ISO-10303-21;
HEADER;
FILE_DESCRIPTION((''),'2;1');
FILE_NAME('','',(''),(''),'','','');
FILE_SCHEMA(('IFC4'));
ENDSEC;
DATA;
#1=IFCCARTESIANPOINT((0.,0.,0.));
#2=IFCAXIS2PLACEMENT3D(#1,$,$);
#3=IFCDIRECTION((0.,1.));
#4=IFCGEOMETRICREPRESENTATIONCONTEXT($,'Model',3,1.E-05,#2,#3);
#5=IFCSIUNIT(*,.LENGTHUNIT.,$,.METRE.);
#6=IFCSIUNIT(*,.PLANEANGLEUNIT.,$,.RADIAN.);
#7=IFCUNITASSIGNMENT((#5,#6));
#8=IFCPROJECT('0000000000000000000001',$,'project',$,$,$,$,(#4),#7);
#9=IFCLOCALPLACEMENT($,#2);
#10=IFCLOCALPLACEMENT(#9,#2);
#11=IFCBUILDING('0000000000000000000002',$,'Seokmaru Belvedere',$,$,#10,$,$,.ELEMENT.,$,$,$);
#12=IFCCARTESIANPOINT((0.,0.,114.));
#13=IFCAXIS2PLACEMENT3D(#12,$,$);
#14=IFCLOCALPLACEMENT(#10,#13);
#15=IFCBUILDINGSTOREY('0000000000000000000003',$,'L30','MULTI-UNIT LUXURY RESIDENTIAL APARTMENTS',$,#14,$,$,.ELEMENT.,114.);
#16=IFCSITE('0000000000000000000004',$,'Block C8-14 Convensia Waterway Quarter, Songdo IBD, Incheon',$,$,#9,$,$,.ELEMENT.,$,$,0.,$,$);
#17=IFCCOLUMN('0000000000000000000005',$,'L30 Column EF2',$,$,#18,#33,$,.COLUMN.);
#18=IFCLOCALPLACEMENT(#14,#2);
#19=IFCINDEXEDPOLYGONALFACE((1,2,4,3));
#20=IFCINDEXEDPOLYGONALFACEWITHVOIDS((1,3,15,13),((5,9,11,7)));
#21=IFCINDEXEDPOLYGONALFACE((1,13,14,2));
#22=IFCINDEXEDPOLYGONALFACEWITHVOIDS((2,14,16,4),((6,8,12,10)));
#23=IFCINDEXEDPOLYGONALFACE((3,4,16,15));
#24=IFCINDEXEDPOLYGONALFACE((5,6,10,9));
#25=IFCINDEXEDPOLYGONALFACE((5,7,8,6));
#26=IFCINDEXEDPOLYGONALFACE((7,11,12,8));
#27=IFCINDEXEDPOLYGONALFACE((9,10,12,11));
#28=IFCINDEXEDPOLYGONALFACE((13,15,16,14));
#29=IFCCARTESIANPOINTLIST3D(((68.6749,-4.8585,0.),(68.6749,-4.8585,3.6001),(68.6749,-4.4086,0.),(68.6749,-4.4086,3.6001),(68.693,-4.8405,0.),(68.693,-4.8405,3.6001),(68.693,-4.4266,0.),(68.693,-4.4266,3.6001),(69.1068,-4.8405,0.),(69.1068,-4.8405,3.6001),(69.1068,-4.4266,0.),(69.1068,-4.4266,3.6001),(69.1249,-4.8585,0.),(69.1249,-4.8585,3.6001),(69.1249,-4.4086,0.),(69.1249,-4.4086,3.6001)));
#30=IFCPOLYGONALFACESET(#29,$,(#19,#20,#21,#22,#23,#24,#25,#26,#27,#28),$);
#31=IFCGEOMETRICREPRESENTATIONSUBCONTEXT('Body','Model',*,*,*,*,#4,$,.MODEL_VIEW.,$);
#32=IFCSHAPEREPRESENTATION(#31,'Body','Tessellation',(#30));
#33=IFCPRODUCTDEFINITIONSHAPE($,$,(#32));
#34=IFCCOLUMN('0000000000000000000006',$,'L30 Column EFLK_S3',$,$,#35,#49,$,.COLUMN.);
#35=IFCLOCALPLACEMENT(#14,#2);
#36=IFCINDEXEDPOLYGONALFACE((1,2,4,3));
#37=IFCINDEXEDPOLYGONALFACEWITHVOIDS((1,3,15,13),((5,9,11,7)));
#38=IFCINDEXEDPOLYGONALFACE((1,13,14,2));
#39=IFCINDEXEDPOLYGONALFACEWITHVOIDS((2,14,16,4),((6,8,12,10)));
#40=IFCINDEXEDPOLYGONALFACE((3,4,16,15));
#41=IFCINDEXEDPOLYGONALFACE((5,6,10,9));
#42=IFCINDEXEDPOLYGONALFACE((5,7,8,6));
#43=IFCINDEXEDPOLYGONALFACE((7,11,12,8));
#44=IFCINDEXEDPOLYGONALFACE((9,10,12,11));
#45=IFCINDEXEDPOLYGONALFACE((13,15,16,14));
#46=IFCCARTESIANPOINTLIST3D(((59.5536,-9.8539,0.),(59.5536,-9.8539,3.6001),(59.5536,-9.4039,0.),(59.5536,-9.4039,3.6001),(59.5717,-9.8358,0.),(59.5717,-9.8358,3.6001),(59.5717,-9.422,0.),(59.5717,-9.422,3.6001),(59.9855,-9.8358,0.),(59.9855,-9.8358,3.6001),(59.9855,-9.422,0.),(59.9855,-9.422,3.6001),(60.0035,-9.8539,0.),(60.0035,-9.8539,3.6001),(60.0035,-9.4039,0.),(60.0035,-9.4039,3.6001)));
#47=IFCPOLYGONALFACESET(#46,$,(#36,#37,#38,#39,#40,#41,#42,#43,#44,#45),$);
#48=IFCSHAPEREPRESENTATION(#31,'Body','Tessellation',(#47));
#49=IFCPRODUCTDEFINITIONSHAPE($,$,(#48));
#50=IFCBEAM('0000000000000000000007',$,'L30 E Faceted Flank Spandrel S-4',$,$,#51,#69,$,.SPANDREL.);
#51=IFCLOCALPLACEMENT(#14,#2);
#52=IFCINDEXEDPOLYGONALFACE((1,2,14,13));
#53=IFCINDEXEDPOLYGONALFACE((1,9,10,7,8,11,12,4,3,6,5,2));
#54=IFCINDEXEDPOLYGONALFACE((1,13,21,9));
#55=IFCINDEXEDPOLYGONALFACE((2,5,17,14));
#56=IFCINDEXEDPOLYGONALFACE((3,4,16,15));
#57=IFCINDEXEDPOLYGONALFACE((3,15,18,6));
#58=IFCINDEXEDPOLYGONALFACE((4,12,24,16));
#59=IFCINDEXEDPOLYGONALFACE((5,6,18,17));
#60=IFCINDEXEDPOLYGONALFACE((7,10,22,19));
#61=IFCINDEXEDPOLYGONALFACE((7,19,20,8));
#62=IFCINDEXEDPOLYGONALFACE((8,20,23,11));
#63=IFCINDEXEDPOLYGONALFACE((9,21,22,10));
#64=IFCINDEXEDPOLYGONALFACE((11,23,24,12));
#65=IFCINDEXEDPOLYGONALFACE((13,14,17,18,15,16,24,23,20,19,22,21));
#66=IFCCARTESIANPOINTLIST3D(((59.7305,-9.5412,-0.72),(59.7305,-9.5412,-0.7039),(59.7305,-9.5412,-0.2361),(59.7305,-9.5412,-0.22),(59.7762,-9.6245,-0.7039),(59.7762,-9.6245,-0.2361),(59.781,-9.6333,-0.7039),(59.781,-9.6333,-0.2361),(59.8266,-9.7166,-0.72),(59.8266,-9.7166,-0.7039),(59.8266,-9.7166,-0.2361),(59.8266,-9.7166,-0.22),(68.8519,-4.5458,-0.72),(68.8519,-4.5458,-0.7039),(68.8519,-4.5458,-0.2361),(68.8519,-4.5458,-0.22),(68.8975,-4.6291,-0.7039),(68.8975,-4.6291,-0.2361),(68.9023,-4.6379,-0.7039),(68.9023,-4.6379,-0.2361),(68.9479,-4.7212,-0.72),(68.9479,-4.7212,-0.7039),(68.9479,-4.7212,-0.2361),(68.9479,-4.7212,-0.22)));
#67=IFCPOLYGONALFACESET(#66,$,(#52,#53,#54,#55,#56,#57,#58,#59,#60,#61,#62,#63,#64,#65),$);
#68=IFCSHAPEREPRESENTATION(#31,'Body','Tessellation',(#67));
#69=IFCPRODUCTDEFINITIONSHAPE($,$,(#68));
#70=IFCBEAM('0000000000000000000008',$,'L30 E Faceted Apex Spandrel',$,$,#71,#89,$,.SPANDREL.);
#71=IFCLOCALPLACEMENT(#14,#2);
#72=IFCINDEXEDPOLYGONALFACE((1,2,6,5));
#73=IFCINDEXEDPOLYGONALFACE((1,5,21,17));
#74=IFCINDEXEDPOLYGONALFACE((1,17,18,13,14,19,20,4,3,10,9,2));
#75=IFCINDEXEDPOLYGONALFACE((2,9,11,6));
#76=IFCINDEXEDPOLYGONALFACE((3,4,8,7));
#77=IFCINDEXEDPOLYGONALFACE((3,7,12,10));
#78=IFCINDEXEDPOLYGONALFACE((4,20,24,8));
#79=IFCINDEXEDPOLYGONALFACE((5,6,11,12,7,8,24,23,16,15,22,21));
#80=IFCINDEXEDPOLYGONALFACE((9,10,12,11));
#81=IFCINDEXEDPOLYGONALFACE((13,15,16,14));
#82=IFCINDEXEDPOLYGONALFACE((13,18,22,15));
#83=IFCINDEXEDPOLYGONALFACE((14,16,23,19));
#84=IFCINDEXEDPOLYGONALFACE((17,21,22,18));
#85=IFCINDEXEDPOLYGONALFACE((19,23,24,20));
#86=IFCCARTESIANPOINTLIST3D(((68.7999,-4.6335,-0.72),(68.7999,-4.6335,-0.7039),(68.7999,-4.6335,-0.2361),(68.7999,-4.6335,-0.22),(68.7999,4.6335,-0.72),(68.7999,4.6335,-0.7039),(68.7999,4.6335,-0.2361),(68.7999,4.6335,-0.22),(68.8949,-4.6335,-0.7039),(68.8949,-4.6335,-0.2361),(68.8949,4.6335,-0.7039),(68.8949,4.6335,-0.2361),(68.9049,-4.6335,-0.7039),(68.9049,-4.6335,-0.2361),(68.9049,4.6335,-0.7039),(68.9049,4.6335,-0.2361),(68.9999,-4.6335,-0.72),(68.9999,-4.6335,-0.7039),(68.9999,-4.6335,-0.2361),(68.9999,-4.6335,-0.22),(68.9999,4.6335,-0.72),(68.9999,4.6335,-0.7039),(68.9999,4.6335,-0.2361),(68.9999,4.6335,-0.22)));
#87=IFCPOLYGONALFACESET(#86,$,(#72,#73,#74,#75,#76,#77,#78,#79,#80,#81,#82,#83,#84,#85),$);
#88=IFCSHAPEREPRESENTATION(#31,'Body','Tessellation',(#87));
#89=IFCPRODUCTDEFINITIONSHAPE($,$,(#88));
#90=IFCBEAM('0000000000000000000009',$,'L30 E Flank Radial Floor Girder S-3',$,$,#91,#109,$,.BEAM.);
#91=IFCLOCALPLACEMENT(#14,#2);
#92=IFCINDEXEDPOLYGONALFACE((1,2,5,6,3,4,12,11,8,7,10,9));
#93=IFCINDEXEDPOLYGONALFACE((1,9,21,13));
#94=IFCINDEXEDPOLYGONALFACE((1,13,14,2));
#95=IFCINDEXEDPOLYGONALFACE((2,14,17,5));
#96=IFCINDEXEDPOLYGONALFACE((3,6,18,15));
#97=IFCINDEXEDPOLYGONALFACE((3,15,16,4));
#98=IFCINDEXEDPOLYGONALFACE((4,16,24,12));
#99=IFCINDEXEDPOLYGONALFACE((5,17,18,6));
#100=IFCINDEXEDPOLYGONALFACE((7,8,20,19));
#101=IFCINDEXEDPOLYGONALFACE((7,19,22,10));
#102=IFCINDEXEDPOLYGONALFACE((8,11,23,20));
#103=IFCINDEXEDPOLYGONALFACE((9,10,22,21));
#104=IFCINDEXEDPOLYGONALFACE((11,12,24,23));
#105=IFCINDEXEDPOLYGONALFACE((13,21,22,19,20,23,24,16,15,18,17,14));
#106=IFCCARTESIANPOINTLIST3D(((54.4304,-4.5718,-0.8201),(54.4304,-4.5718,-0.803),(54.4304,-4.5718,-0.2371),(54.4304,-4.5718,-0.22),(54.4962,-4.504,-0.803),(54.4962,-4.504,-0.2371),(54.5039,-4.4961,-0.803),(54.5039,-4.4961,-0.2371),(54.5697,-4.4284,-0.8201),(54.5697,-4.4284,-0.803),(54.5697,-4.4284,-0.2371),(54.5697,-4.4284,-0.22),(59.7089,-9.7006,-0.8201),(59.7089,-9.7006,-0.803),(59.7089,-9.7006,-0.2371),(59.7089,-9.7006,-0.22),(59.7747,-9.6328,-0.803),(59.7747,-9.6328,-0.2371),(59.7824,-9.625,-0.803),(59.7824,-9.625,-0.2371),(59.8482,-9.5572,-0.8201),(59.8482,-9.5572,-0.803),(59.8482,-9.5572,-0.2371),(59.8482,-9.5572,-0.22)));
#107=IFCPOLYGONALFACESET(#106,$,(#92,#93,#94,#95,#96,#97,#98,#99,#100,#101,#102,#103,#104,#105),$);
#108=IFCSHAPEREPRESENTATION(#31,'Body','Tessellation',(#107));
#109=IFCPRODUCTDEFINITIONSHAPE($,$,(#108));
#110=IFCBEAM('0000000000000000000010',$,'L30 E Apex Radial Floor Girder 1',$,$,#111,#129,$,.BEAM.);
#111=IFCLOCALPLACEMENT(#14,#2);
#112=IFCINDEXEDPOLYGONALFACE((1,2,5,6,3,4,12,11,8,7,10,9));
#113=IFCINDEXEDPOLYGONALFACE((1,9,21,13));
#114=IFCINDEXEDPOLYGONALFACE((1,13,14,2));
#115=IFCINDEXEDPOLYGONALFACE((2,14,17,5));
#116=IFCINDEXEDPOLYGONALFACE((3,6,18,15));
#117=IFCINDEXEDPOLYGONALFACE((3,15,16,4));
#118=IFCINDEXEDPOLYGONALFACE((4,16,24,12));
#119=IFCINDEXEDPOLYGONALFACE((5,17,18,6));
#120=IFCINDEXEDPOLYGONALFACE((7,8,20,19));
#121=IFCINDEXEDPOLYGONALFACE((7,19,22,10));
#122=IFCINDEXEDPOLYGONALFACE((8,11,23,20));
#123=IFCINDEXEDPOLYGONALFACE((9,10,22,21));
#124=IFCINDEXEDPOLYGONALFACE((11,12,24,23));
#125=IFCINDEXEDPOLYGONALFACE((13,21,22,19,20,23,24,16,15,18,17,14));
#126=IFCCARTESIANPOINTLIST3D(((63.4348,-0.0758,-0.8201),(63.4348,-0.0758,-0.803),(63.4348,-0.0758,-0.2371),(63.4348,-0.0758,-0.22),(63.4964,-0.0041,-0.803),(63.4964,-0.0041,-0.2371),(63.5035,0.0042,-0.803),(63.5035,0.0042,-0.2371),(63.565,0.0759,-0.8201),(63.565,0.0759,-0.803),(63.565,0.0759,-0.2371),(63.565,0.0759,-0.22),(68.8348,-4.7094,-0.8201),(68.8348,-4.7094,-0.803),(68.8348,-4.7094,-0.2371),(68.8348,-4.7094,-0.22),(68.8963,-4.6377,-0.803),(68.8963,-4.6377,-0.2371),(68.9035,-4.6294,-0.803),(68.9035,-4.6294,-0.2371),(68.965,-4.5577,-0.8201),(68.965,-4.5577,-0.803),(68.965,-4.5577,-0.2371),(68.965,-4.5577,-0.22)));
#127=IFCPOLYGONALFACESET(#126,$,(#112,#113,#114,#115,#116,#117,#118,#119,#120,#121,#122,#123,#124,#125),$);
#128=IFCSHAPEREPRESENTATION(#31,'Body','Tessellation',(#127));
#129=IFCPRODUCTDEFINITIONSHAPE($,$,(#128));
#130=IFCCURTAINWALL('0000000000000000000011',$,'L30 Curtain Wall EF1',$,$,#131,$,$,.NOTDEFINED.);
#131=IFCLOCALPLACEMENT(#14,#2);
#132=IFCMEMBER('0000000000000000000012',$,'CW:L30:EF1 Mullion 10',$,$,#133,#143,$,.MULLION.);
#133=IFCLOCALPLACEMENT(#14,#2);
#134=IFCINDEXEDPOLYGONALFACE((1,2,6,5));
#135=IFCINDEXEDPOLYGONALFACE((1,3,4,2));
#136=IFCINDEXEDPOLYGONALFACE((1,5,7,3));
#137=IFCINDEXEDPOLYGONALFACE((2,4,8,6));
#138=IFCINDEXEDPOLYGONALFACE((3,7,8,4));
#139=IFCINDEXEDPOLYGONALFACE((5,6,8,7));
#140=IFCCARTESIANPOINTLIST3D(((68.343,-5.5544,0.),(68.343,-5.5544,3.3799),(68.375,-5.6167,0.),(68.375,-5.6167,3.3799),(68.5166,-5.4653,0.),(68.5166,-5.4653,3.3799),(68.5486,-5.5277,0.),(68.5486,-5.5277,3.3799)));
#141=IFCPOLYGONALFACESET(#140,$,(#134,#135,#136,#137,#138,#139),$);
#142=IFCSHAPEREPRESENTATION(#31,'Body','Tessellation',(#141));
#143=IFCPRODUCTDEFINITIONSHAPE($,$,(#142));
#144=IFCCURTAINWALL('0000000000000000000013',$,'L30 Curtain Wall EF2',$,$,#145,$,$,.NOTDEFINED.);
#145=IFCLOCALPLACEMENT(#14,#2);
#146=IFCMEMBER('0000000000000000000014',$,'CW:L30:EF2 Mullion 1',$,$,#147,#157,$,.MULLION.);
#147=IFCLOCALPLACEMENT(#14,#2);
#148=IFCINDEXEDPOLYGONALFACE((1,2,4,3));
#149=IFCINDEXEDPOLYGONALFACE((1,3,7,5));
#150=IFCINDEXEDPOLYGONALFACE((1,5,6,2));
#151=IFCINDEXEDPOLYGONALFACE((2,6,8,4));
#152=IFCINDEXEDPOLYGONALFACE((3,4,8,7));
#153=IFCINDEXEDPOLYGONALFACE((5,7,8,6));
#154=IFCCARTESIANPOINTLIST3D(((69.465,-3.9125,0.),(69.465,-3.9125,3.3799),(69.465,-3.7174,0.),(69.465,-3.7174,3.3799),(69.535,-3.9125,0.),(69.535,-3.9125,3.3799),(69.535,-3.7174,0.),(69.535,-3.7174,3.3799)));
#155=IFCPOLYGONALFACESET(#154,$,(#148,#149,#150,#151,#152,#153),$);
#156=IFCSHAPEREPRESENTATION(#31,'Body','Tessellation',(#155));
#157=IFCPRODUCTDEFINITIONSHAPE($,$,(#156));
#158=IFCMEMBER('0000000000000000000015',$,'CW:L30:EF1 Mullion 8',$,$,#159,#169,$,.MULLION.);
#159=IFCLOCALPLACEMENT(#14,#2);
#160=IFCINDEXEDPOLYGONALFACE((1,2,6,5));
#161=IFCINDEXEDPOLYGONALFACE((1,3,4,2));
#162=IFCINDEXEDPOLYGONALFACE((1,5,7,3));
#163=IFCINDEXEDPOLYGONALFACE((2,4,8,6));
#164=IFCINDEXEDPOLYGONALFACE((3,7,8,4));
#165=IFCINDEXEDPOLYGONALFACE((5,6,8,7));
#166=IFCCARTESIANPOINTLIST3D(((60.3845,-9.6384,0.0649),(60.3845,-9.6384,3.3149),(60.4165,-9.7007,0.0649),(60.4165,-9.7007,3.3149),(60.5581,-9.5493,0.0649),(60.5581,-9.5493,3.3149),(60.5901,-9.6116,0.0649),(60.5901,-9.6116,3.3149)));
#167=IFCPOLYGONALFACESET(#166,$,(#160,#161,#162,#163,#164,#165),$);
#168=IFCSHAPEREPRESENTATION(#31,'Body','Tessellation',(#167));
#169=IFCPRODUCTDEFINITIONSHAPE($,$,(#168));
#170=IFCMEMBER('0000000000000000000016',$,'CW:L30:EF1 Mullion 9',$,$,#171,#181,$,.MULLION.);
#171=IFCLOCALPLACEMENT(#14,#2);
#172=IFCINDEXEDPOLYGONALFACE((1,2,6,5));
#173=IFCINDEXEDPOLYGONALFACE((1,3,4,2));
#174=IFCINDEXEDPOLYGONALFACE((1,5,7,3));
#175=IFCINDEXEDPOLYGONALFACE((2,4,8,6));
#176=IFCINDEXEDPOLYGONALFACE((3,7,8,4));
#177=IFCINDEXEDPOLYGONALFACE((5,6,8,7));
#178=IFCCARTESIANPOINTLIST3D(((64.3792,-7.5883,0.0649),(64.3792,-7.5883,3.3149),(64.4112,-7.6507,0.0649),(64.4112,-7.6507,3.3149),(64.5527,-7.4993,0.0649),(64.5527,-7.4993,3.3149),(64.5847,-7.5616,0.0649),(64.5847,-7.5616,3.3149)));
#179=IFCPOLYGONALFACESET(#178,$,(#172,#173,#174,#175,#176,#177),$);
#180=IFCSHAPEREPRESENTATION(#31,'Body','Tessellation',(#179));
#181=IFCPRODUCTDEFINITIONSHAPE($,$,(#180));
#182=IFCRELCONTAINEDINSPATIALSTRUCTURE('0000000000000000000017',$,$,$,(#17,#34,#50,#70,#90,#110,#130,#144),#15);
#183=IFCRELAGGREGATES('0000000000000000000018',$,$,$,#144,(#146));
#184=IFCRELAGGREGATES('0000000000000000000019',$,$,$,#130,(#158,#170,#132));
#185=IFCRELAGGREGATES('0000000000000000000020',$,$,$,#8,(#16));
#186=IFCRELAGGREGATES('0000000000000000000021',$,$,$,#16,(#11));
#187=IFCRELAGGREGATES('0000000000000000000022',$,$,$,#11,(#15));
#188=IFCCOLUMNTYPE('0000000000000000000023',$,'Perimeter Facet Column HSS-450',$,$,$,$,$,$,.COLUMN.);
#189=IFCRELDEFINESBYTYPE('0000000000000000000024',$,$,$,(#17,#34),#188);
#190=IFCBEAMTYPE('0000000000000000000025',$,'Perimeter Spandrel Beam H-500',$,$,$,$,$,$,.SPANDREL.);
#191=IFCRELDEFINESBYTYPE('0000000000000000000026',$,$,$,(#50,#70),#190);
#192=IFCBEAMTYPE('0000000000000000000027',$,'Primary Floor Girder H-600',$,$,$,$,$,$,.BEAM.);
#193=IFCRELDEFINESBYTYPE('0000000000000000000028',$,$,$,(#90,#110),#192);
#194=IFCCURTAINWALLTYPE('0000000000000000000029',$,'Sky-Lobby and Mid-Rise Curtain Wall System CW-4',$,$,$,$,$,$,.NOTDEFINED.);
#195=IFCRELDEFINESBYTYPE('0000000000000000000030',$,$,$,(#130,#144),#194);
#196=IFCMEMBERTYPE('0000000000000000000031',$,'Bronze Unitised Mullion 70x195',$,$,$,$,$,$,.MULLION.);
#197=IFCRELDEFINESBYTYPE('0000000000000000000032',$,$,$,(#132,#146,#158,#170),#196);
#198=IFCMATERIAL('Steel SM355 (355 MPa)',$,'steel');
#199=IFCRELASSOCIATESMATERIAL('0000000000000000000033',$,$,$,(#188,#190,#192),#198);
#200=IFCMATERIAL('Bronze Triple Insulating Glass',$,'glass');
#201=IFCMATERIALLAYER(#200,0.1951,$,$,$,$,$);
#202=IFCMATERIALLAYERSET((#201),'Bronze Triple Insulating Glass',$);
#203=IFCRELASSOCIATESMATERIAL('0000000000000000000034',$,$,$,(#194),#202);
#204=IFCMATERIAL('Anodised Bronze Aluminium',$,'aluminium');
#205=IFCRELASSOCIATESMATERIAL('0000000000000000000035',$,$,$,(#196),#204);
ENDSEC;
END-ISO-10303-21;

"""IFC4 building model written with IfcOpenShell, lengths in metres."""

from ifc_helpers import new_model, si_unit, direction, frame, origin, origin_2d, place, context, subcontext, project, spatial, rectangle, hollow_rectangle, i_section, extrude, source, transform, mapped, material, layer, layer_set, material_profile, profile_set, type_object, type_shapes, element, aggregate, save


model = new_model("IFC4")

# Units and contexts
model_context = context("Model", 3, precision=1e-05, world=origin(), true_north=direction((0.0, 1.0)))
body_context = subcontext(model_context, "Body", "Model", "MODEL_VIEW")
ifc_project = project(units=[si_unit("LENGTHUNIT", "METRE"), si_unit("PLANEANGLEUNIT", "RADIAN")], contexts=[model_context])

# Site, building, storey
site_placement = place(None, origin())
site = spatial("IfcSite", under=ifc_project, at=site_placement, Name="Block C8-14 Convensia Waterway Quarter, Songdo IBD, Incheon", CompositionType="ELEMENT", RefElevation=0.0)
building_placement = place(site_placement, origin())
building = spatial("IfcBuilding", under=site, at=building_placement, Name="Seokmaru Belvedere", CompositionType="ELEMENT")
storey_placement = place(building_placement, frame((0.0, 0.0, 114.0)))
storey = spatial("IfcBuildingStorey", under=building, at=storey_placement, Name="L30", Description="MULTI-UNIT LUXURY RESIDENTIAL APARTMENTS", CompositionType="ELEMENT", Elevation=114.0)

# Columns
ifc_material_1 = material(Name="Steel SM355 (355 MPa)", Category="steel")
ifc_material_profile_1 = material_profile(ifc_material_1, hollow_rectangle(XDim=0.45, YDim=0.45, WallThickness=0.0181, at=origin_2d()), Name="HSS-450x450x18")
ifc_profile_set_1 = profile_set([ifc_material_profile_1], Name="Steel SM355 (355 MPa)")
column_type = type_object("IfcColumnType", Name="Perimeter Facet Column HSS-450", PredefinedType="COLUMN", material=ifc_profile_set_1)
shared_shape_1 = source(origin(), body_context, "Body", "SweptSolid", [
    extrude(hollow_rectangle(XDim=0.45, YDim=0.45, WallThickness=0.0181, at=origin_2d()), origin(), (0.0, 0.0, 1.0), 3.6001),
])
type_shapes(column_type, [shared_shape_1])
for number, where, z_axis, x_axis, name in (
    (1, (68.8999, -4.6335, 0.0), (0.0, 0.0, 1.0), (1.0, 0.0, 0.0), "L30 Column EF2"),
    (2, (59.7786, -9.6289, 0.0), (0.0, 0.0, 1.0), (1.0, 0.0, 0.0), "L30 Column EFLK_S3"),
):
    element("IfcColumn", number, at=place(storey_placement, frame(where, z_axis=z_axis, x_axis=x_axis)), inside=storey, type_object=column_type, Name=name, PredefinedType="COLUMN", context=body_context, shape_type="MappedRepresentation", body=[
        mapped(shared_shape_1, transform((0.0, 0.0, 0.0), scale=1.0)),
    ])

# Beams
ifc_material_profile_2 = material_profile(ifc_material_1, i_section(OverallWidth=0.2, OverallDepth=0.5, WebThickness=0.01, FlangeThickness=0.0161, at=origin_2d()), Name="H-500x200x10x16")
ifc_profile_set_2 = profile_set([ifc_material_profile_2], Name="Steel SM355 (355 MPa)")
beam_type_1 = type_object("IfcBeamType", Name="Perimeter Spandrel Beam H-500", PredefinedType="SPANDREL", material=ifc_profile_set_2)
shared_shape_2 = source(origin(), body_context, "Body", "SweptSolid", [
    extrude(i_section(OverallWidth=0.2, OverallDepth=0.5, WebThickness=0.01, FlangeThickness=0.0161, at=origin_2d()), origin(), (0.0, 0.0, 1.0), 10.3997),
])
beam_1_placement = place(storey_placement, frame((59.7786, -9.6289, -0.47), z_axis=(0.877082, 0.48034, 0.0), x_axis=(-0.48034, 0.877082, 0.0)))
element("IfcBeam", 3, at=beam_1_placement, inside=storey, type_object=beam_type_1, Name="L30 E Faceted Flank Spandrel S-4", PredefinedType="SPANDREL", context=body_context, shape_type="MappedRepresentation", body=[
    mapped(shared_shape_2, transform((0.0, 0.0, 0.0), scale=1.0)),
])
shared_shape_3 = source(origin(), body_context, "Body", "SweptSolid", [
    extrude(i_section(OverallWidth=0.2, OverallDepth=0.5, WebThickness=0.01, FlangeThickness=0.0161, at=origin_2d()), origin(), (0.0, 0.0, 1.0), 9.2671),
])
type_shapes(beam_type_1, [shared_shape_2, shared_shape_3])
beam_2_placement = place(storey_placement, frame((68.8999, -4.6335, -0.47), z_axis=(0.0, 1.0, 0.0), x_axis=(-1.0, 0.0, 0.0)))
element("IfcBeam", 4, at=beam_2_placement, inside=storey, type_object=beam_type_1, Name="L30 E Faceted Apex Spandrel", PredefinedType="SPANDREL", context=body_context, shape_type="MappedRepresentation", body=[
    mapped(shared_shape_3, transform((0.0, 0.0, 0.0), scale=1.0)),
])
ifc_material_profile_3 = material_profile(ifc_material_1, i_section(OverallWidth=0.2, OverallDepth=0.6001, WebThickness=0.011, FlangeThickness=0.0171, at=origin_2d()), Name="H-600x200x11x17")
ifc_profile_set_3 = profile_set([ifc_material_profile_3], Name="Steel SM355 (355 MPa)")
beam_type_2 = type_object("IfcBeamType", Name="Primary Floor Girder H-600", PredefinedType="BEAM", material=ifc_profile_set_3)
shared_shape_4 = source(origin(), body_context, "Body", "SweptSolid", [
    extrude(i_section(OverallWidth=0.2, OverallDepth=0.6001, WebThickness=0.011, FlangeThickness=0.0171, at=origin_2d()), origin(), (0.0, 0.0, 1.0), 7.3599),
])
beam_3_placement = place(storey_placement, frame((59.7786, -9.6289, -0.52), z_axis=(-0.717201, 0.696867, 0.0), x_axis=(-0.696867, -0.717201, 0.0)))
element("IfcBeam", 5, at=beam_3_placement, inside=storey, type_object=beam_type_2, Name="L30 E Flank Radial Floor Girder S-3", PredefinedType="BEAM", context=body_context, shape_type="MappedRepresentation", body=[
    mapped(shared_shape_4, transform((0.0, 0.0, 0.0), scale=1.0)),
])
shared_shape_5 = source(origin(), body_context, "Body", "SweptSolid", [
    extrude(i_section(OverallWidth=0.2, OverallDepth=0.6001, WebThickness=0.011, FlangeThickness=0.0171, at=origin_2d()), origin(), (0.0, 0.0, 1.0), 7.1155),
])
type_shapes(beam_type_2, [shared_shape_4, shared_shape_5])
beam_4_placement = place(storey_placement, frame((68.8999, -4.6335, -0.52), z_axis=(-0.758905, 0.651201, 0.0), x_axis=(-0.651201, -0.758905, 0.0)))
element("IfcBeam", 6, at=beam_4_placement, inside=storey, type_object=beam_type_2, Name="L30 E Apex Radial Floor Girder 1", PredefinedType="BEAM", context=body_context, shape_type="MappedRepresentation", body=[
    mapped(shared_shape_5, transform((0.0, 0.0, 0.0), scale=1.0)),
])

# Curtain walls, members
ifc_material_2 = material(Name="Bronze Triple Insulating Glass", Category="glass")
ifc_layer_1 = layer(ifc_material_2, 0.1951)
ifc_layer_set_1 = layer_set([ifc_layer_1], Name="Bronze Triple Insulating Glass")
curtain_wall_type = type_object("IfcCurtainWallType", Name="Sky-Lobby and Mid-Rise Curtain Wall System CW-4", PredefinedType="NOTDEFINED", material=ifc_layer_set_1)
curtain_wall_1_placement = place(storey_placement, origin())
curtain_wall_1 = element("IfcCurtainWall", 7, at=curtain_wall_1_placement, inside=storey, type_object=curtain_wall_type, Name="L30 Curtain Wall EF1", PredefinedType="NOTDEFINED")
ifc_material_3 = material(Name="Anodised Bronze Aluminium", Category="aluminium")
ifc_material_profile_4 = material_profile(ifc_material_3, rectangle(XDim=0.0701, YDim=0.1951, at=origin_2d()), Name="CW-M-70x195")
ifc_profile_set_4 = profile_set([ifc_material_profile_4], Name="Anodised Bronze Aluminium")
member_type_1 = type_object("IfcMemberType", Name="Bronze Unitised Mullion 70x195", PredefinedType="MULLION", material=ifc_profile_set_4)
shared_shape_6 = source(origin(), body_context, "Body", "SweptSolid", [
    extrude(rectangle(XDim=0.0701, YDim=0.1951, at=origin_2d()), origin(), (0.0, 0.0, 1.0), 3.3799),
])
member_1_placement = place(storey_placement, frame((68.4458, -5.541, 0.0), z_axis=(0.0, 0.0, 1.0), x_axis=(-0.456555, 0.889695, 0.0)))
member_1 = element("IfcMember", 8, at=member_1_placement, type_object=member_type_1, Name="CW:L30:EF1 Mullion 10", PredefinedType="MULLION", context=body_context, shape_type="MappedRepresentation", body=[
    mapped(shared_shape_6, transform((0.0, 0.0, 0.0), scale=1.0)),
])
curtain_wall_2_placement = place(storey_placement, origin())
curtain_wall_2 = element("IfcCurtainWall", 9, at=curtain_wall_2_placement, inside=storey, type_object=curtain_wall_type, Name="L30 Curtain Wall EF2", PredefinedType="NOTDEFINED")
member_2_placement = place(storey_placement, frame((69.5, -3.8149, 0.0), z_axis=(0.0, 0.0, 1.0), x_axis=(-1.0, 0.0, 0.0)))
member_2 = element("IfcMember", 10, at=member_2_placement, type_object=member_type_1, Name="CW:L30:EF2 Mullion 1", PredefinedType="MULLION", context=body_context, shape_type="MappedRepresentation", body=[
    mapped(shared_shape_6, transform((0.0, 0.0, 0.0), scale=1.0)),
])

# Members
shared_shape_7 = source(origin(), body_context, "Body", "SweptSolid", [
    extrude(rectangle(XDim=0.0701, YDim=0.1951, at=origin_2d()), origin(), (0.0, 0.0, 1.0), 3.25),
])
type_shapes(member_type_1, [shared_shape_6, shared_shape_7])
member_3_placement = place(storey_placement, frame((60.4873, -9.625, 0.0649), z_axis=(0.0, 0.0, 1.0), x_axis=(-0.456555, 0.889695, 0.0)))
member_3 = element("IfcMember", 11, at=member_3_placement, type_object=member_type_1, Name="CW:L30:EF1 Mullion 8", PredefinedType="MULLION", context=body_context, shape_type="MappedRepresentation", body=[
    mapped(shared_shape_7, transform((0.0, 0.0, 0.0), scale=1.0)),
])
member_4_placement = place(storey_placement, frame((64.4819, -7.575, 0.0649), z_axis=(0.0, 0.0, 1.0), x_axis=(-0.456555, 0.889695, 0.0)))
member_4 = element("IfcMember", 12, at=member_4_placement, type_object=member_type_1, Name="CW:L30:EF1 Mullion 9", PredefinedType="MULLION", context=body_context, shape_type="MappedRepresentation", body=[
    mapped(shared_shape_7, transform((0.0, 0.0, 0.0), scale=1.0)),
])
aggregate(curtain_wall_2, [member_2])

aggregate(curtain_wall_1, [member_3, member_4, member_1])

save(model, "model.ifc")
